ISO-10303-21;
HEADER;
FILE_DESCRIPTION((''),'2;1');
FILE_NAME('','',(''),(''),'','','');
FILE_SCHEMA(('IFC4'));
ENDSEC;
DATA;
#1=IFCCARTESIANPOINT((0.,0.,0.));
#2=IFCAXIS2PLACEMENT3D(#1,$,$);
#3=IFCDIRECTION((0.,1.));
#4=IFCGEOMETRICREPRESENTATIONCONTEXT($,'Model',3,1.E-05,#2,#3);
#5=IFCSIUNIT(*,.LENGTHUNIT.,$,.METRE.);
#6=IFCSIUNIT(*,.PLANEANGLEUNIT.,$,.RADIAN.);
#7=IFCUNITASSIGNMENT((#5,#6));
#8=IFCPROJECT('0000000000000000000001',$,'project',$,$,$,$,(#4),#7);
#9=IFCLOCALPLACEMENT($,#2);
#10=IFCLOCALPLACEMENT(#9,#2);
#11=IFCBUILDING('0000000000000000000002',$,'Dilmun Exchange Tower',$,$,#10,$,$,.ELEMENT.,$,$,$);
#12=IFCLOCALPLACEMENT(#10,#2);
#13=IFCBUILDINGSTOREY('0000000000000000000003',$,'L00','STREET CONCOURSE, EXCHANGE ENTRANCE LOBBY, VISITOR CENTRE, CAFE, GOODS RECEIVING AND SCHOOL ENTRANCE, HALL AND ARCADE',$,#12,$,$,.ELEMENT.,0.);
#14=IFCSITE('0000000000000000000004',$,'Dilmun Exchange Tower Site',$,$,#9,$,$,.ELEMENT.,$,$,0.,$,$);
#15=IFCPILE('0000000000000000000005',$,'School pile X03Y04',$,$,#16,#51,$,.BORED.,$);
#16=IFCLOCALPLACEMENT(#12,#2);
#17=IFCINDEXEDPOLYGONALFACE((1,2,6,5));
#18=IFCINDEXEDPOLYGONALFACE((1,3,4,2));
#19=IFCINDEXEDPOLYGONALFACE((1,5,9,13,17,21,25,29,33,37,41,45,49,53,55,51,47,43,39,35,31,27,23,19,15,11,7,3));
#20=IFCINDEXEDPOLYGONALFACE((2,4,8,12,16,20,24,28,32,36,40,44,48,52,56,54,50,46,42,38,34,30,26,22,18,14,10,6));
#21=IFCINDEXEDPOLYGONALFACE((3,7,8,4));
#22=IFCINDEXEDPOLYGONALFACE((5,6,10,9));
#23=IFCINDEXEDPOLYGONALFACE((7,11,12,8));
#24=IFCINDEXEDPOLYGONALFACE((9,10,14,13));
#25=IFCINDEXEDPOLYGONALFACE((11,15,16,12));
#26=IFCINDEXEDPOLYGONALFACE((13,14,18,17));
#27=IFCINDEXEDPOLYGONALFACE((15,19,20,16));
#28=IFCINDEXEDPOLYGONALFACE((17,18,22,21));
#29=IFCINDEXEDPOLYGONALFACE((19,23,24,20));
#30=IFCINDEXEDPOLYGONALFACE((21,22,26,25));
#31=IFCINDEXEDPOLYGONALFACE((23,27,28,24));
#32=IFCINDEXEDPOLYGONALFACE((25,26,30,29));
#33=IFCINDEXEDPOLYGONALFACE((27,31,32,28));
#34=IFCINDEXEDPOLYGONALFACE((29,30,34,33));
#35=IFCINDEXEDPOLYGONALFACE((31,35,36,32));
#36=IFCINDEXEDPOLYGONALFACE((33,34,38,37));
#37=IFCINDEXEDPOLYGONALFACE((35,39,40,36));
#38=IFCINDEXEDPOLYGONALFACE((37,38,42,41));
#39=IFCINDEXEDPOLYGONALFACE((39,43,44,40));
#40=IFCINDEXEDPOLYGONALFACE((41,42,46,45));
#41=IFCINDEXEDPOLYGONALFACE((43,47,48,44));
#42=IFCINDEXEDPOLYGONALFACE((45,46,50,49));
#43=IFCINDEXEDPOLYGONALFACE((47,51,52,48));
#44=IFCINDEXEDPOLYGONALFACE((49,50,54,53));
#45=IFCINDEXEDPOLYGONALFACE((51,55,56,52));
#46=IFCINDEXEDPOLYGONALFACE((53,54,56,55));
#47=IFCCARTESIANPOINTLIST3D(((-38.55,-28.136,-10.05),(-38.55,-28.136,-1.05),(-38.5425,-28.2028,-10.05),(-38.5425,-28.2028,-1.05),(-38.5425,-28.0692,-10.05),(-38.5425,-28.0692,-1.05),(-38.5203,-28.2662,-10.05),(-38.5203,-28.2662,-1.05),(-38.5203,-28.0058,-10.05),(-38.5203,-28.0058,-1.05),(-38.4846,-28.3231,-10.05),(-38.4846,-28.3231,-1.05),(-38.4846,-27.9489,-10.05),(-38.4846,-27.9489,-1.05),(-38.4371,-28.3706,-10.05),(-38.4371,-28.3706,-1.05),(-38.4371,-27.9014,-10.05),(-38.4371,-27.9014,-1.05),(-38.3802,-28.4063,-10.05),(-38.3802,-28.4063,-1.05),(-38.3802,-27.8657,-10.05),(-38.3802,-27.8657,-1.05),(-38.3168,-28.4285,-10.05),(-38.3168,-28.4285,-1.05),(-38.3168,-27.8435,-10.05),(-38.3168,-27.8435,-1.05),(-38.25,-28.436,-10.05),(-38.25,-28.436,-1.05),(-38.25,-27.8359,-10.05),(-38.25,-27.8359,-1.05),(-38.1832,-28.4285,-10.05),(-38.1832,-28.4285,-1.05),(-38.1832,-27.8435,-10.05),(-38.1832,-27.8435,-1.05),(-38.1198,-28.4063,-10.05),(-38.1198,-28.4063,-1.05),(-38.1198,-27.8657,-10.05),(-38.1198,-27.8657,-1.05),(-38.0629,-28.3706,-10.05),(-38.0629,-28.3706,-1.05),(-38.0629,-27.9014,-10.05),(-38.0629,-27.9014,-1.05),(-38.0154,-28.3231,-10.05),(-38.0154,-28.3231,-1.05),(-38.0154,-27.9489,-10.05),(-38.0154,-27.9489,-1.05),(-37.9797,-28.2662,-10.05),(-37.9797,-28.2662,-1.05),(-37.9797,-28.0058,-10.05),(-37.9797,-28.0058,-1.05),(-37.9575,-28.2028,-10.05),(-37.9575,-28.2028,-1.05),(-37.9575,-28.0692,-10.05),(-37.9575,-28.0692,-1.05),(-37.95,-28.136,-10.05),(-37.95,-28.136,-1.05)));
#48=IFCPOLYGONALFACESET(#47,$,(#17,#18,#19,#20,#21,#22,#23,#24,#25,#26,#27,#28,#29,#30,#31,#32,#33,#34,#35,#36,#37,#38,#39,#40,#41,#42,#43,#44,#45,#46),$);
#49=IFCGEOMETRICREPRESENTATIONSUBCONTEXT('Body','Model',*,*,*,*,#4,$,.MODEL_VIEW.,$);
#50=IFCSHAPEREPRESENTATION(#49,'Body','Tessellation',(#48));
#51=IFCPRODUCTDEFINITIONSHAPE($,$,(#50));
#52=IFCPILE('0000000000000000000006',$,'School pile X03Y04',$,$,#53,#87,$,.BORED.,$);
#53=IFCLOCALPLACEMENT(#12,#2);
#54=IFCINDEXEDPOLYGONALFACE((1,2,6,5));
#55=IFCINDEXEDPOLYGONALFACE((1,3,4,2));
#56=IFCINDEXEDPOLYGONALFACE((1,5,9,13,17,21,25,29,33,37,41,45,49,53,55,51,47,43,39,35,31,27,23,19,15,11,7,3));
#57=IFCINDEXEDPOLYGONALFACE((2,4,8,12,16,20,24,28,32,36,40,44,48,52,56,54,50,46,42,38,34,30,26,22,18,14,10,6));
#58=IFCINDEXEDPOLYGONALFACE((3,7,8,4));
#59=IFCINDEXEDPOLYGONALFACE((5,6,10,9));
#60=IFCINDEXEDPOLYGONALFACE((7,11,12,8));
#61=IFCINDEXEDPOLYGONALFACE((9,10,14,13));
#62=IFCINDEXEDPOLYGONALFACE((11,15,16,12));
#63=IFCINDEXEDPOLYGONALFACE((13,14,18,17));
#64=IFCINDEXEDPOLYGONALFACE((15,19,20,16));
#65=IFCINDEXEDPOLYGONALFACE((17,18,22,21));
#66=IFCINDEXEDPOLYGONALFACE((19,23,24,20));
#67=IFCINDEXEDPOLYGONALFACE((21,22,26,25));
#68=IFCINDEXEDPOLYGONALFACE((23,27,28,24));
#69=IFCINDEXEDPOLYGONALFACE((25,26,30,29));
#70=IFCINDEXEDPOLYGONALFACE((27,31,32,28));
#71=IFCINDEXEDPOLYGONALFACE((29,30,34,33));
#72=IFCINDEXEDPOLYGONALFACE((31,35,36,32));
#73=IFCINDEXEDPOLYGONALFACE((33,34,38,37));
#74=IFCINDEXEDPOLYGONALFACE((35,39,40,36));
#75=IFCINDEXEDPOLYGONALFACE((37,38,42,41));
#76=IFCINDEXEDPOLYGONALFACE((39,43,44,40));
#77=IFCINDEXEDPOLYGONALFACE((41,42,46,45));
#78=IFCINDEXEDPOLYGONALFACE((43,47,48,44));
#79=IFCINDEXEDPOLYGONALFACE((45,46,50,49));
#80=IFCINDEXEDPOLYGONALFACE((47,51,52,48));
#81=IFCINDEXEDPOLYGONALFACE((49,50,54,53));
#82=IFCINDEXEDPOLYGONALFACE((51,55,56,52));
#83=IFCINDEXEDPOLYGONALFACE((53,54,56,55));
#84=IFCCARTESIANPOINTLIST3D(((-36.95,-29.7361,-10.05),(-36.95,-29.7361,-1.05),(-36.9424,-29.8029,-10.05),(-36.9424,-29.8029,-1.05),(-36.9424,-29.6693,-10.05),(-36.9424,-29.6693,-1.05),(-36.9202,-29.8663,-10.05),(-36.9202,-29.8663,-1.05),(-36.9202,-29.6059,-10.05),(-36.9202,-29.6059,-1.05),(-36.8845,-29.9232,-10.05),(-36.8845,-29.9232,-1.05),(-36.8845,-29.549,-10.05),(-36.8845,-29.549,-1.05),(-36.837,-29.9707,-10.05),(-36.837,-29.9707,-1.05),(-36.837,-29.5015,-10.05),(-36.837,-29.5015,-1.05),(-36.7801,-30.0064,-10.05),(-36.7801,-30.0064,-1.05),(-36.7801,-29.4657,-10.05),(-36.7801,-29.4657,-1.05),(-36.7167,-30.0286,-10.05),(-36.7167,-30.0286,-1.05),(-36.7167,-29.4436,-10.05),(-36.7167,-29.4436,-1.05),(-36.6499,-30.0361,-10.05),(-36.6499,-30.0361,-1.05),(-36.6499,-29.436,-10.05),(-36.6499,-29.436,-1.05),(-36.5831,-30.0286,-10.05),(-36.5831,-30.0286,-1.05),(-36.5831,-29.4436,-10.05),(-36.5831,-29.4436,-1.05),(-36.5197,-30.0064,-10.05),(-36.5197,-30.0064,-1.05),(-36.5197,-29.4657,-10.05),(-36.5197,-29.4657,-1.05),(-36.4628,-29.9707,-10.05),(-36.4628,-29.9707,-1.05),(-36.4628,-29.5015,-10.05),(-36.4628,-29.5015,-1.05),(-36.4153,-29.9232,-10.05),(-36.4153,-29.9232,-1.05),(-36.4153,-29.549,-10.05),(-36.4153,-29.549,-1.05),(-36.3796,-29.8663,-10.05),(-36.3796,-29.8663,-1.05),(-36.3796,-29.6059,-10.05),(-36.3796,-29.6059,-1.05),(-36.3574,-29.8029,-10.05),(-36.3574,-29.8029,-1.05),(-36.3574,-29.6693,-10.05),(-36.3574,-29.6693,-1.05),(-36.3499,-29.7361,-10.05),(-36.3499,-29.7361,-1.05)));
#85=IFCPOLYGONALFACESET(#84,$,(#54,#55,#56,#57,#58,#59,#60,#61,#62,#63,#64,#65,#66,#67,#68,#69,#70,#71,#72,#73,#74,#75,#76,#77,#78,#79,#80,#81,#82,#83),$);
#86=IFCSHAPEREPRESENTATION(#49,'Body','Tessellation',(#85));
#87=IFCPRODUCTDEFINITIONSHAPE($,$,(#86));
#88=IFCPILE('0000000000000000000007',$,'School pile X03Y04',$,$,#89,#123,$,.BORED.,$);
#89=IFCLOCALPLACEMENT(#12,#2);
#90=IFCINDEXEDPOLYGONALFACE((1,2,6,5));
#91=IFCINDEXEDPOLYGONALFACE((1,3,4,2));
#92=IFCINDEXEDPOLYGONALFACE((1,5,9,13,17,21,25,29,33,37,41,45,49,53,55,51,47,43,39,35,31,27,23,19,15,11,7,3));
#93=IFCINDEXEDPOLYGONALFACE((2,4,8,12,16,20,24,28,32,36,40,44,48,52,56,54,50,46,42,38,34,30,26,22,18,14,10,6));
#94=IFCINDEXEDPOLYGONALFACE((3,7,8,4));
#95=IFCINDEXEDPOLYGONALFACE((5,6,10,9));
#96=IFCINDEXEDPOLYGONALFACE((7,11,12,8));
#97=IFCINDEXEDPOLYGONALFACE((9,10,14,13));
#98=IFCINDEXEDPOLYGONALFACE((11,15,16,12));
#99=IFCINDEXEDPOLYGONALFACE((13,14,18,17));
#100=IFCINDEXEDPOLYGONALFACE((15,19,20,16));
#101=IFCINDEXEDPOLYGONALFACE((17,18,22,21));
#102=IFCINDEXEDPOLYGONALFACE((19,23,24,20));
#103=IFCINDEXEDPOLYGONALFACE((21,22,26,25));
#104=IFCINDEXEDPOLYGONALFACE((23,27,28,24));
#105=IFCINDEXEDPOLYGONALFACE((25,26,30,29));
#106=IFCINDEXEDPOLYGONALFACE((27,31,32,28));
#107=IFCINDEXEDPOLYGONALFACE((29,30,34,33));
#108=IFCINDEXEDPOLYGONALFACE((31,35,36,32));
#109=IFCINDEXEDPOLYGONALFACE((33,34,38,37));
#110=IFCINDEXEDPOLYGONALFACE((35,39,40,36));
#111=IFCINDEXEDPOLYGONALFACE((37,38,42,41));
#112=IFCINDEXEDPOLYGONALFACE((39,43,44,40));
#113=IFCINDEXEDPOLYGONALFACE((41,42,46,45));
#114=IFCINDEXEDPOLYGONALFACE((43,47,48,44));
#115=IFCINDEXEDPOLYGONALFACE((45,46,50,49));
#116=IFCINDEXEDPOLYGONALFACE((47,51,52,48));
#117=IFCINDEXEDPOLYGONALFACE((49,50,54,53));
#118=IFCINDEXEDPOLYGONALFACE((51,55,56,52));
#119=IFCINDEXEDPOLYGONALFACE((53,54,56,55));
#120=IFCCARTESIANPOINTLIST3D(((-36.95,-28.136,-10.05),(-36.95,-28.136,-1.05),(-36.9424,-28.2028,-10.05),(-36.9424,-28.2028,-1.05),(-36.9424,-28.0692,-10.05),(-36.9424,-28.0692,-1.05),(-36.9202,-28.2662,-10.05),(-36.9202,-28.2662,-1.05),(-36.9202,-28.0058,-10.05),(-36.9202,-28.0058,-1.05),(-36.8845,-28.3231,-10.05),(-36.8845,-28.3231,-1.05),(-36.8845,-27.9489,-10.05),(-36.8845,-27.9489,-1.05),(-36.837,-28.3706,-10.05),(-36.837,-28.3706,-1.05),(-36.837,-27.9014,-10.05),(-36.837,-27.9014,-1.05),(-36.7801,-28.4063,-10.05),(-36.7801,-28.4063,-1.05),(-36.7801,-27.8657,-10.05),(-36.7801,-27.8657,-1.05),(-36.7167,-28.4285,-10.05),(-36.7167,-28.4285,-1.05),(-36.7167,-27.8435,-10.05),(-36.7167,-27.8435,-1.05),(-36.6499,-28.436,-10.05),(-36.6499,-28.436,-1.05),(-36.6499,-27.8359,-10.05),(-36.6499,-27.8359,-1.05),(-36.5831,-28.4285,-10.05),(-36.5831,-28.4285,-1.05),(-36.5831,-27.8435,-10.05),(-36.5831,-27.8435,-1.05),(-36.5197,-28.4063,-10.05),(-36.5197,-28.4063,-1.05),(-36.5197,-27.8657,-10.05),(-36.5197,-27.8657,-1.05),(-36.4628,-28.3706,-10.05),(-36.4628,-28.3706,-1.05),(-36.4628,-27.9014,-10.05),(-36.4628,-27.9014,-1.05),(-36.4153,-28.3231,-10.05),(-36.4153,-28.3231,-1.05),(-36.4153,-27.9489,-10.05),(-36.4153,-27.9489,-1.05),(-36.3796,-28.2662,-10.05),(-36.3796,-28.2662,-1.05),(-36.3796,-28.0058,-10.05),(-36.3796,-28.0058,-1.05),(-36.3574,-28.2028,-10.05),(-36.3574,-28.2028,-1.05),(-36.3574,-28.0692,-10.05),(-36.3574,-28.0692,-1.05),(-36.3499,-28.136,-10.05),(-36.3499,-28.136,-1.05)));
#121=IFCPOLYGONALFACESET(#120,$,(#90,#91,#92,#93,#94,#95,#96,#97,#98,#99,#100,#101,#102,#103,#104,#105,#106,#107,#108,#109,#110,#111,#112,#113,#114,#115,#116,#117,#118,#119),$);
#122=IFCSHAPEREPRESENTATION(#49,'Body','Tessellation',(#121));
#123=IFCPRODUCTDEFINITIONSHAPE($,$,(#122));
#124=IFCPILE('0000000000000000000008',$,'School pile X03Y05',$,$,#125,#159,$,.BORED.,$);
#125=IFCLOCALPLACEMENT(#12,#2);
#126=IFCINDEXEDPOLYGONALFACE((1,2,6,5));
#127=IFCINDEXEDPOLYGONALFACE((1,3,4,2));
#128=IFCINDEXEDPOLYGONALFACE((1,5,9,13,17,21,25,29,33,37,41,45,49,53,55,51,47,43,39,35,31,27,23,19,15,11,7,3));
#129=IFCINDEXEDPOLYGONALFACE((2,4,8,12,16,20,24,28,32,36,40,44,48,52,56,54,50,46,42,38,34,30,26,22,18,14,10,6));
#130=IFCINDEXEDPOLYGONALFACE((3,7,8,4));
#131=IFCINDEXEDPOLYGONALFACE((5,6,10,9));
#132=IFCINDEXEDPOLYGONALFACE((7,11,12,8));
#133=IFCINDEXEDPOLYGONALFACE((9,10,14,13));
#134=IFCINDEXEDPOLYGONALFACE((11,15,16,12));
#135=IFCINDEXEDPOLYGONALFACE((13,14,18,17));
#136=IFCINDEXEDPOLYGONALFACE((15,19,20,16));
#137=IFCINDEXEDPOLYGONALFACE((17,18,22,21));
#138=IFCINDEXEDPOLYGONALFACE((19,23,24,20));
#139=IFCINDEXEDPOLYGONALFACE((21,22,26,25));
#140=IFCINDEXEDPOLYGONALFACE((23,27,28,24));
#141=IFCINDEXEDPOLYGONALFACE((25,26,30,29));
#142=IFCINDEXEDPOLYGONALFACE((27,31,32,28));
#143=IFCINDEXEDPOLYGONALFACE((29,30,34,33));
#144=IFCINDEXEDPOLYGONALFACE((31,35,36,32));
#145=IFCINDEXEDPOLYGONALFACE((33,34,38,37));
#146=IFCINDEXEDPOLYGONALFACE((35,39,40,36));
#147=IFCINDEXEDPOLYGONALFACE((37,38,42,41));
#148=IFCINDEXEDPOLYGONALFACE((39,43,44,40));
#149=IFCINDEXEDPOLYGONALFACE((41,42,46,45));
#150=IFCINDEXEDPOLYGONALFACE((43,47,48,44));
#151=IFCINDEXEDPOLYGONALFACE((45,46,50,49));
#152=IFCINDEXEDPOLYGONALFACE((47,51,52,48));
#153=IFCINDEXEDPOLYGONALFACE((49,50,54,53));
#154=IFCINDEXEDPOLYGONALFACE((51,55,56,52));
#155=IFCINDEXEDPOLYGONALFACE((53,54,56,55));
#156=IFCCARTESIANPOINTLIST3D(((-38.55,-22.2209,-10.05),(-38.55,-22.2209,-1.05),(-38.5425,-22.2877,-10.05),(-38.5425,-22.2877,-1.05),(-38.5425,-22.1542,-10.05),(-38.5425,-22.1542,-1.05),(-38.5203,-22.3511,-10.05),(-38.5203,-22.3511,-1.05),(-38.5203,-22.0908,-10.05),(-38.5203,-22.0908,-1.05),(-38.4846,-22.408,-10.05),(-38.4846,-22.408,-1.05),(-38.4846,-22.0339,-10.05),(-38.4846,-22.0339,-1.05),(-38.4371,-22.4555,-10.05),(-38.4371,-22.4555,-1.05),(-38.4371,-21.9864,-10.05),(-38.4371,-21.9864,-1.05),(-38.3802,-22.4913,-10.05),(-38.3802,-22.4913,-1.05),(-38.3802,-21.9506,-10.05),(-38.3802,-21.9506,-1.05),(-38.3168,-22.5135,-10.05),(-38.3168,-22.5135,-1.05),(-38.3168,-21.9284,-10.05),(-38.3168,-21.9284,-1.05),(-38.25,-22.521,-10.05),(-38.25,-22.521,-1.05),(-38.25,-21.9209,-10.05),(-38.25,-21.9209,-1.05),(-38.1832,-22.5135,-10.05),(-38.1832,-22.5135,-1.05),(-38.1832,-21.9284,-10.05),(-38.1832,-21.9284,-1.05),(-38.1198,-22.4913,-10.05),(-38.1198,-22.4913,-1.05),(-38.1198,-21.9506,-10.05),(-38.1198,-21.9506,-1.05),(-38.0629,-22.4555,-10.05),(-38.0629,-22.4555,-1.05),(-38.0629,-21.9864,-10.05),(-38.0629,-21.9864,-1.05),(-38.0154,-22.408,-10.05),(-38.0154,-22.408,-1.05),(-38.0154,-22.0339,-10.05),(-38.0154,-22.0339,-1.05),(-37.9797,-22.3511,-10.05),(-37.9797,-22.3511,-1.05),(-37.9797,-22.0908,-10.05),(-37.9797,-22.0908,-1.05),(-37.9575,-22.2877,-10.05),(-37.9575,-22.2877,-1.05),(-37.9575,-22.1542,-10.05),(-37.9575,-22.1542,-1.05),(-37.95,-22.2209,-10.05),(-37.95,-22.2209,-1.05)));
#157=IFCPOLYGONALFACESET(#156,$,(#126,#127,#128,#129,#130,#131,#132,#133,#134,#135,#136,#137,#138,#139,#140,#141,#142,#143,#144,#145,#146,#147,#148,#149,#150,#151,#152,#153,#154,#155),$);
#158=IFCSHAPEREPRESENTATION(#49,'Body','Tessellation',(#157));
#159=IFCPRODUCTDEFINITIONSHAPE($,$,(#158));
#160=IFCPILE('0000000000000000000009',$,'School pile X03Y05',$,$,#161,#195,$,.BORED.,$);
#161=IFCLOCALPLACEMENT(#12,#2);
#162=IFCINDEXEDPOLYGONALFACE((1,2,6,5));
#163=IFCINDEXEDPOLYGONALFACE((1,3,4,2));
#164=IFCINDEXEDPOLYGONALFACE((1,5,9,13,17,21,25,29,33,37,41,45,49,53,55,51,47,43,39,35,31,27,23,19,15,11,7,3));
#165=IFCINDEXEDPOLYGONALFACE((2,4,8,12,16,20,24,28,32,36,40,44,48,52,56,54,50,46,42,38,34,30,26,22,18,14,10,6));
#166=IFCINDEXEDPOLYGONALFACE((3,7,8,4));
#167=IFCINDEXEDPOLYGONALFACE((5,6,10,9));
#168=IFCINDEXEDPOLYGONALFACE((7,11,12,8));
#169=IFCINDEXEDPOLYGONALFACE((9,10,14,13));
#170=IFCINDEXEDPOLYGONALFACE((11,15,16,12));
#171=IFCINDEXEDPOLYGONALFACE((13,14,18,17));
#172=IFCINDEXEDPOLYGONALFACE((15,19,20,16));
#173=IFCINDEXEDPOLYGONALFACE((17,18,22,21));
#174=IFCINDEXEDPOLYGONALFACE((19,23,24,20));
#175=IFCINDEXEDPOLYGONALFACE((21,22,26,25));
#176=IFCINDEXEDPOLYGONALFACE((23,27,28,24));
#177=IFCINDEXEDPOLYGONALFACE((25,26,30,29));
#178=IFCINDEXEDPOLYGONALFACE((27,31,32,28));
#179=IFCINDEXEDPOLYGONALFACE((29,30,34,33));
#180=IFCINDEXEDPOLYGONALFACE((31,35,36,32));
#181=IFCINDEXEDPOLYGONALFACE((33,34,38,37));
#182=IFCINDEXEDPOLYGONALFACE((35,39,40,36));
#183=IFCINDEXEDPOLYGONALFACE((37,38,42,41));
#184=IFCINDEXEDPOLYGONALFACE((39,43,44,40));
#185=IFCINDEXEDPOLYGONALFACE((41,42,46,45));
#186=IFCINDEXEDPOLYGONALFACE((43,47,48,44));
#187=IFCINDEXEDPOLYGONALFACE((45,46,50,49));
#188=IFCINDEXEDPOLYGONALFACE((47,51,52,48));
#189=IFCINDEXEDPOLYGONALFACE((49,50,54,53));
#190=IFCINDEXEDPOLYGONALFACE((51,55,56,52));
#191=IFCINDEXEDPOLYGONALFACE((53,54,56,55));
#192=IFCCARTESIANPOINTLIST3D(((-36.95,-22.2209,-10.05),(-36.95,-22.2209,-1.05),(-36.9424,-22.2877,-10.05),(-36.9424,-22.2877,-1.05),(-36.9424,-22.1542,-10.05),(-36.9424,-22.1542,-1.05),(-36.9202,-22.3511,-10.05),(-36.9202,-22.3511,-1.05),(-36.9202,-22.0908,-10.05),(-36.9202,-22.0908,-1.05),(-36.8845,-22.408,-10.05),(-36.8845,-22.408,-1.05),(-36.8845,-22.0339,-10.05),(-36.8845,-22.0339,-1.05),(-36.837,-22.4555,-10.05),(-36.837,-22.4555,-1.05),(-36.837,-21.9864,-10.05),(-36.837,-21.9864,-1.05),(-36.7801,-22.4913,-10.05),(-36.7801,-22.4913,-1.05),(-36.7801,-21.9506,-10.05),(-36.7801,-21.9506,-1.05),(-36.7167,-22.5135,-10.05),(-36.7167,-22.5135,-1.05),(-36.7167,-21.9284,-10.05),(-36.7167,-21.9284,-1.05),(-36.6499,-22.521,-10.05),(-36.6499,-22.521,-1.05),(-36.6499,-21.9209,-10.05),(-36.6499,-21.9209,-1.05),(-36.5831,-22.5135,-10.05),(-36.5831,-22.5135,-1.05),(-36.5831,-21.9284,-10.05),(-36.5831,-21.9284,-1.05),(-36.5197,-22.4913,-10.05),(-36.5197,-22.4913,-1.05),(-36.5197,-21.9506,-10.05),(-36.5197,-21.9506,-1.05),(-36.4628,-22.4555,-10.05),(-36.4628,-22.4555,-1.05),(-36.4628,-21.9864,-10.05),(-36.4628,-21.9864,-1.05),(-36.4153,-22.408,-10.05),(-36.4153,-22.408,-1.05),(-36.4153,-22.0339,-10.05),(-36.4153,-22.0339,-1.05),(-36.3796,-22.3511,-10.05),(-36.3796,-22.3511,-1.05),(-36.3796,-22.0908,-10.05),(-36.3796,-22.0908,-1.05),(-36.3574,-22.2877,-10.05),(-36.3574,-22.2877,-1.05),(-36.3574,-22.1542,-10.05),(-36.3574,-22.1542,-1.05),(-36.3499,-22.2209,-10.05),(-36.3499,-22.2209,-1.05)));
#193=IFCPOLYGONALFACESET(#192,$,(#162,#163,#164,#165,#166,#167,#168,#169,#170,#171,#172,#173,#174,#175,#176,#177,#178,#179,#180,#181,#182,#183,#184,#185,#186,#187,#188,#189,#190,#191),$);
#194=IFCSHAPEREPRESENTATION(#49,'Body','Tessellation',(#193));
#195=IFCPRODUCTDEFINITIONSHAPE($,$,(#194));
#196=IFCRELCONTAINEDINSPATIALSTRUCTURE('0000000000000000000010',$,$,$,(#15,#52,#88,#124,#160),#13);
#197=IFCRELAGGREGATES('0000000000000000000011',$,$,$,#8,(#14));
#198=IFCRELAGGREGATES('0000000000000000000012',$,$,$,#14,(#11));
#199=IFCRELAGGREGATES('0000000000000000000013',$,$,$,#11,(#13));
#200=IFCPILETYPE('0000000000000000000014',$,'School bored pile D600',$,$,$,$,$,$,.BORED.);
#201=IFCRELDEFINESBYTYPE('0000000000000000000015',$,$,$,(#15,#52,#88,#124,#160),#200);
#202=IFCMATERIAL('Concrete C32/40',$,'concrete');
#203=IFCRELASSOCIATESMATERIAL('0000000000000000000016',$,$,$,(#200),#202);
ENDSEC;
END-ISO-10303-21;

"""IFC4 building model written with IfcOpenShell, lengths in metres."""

from ifc_helpers import new_model, si_unit, direction, frame, origin, origin_2d, place, context, subcontext, project, spatial, circle, extrude, material, material_profile, profile_set, type_object, element, save


model = new_model("IFC4")

# Units and contexts
model_context = context("Model", 3, precision=1e-05, world=origin(), true_north=direction((0.0, 1.0)))
body_context = subcontext(model_context, "Body", "Model", "MODEL_VIEW")
ifc_project = project(units=[si_unit("LENGTHUNIT", "METRE"), si_unit("PLANEANGLEUNIT", "RADIAN")], contexts=[model_context])

# Site, building, storey
site_placement = place(None, origin())
site = spatial("IfcSite", under=ifc_project, at=site_placement, Name="Dilmun Exchange Tower Site", CompositionType="ELEMENT", RefElevation=0.0)
building_placement = place(site_placement, origin())
building = spatial("IfcBuilding", under=site, at=building_placement, Name="Dilmun Exchange Tower", CompositionType="ELEMENT")
storey_placement = place(building_placement, origin())
storey = spatial("IfcBuildingStorey", under=building, at=storey_placement, Name="L00", Description="STREET CONCOURSE, EXCHANGE ENTRANCE LOBBY, VISITOR CENTRE, CAFE, GOODS RECEIVING AND SCHOOL ENTRANCE, HALL AND ARCADE", CompositionType="ELEMENT", Elevation=0.0)

# Piles
ifc_material_1 = material(Name="Concrete C32/40", Category="concrete")
ifc_material_profile_1 = material_profile(ifc_material_1, circle(Radius=0.3, at=origin_2d()), Name="D600")
ifc_profile_set_1 = profile_set([ifc_material_profile_1], Name="Concrete C32/40")
pile_type = type_object("IfcPileType", Name="School bored pile D600", PredefinedType="BORED", material=ifc_profile_set_1)
for number, where, z_axis, x_axis, name in (
    (1, (-38.25, -28.136, -1.05), (0.0, 0.0, -1.0), (1.0, 0.0, 0.0), "School pile X03Y04"),
    (2, (-36.6499, -29.7361, -1.05), (0.0, 0.0, -1.0), (1.0, 0.0, 0.0), "School pile X03Y04"),
    (3, (-36.6499, -28.136, -1.05), (0.0, 0.0, -1.0), (1.0, 0.0, 0.0), "School pile X03Y04"),
    (4, (-38.25, -22.2209, -1.05), (0.0, 0.0, -1.0), (1.0, 0.0, 0.0), "School pile X03Y05"),
    (5, (-36.6499, -22.2209, -1.05), (0.0, 0.0, -1.0), (1.0, 0.0, 0.0), "School pile X03Y05"),
):
    element("IfcPile", number, at=place(storey_placement, frame(where, z_axis=z_axis, x_axis=x_axis)), inside=storey, type_object=pile_type, Name=name, PredefinedType="BORED", context=body_context, shape_type="SweptSolid", body=[
        extrude(circle(Radius=0.3, at=origin_2d()), origin(), (0.0, 0.0, 1.0), 9.0),
    ])

save(model, "model.ifc")
